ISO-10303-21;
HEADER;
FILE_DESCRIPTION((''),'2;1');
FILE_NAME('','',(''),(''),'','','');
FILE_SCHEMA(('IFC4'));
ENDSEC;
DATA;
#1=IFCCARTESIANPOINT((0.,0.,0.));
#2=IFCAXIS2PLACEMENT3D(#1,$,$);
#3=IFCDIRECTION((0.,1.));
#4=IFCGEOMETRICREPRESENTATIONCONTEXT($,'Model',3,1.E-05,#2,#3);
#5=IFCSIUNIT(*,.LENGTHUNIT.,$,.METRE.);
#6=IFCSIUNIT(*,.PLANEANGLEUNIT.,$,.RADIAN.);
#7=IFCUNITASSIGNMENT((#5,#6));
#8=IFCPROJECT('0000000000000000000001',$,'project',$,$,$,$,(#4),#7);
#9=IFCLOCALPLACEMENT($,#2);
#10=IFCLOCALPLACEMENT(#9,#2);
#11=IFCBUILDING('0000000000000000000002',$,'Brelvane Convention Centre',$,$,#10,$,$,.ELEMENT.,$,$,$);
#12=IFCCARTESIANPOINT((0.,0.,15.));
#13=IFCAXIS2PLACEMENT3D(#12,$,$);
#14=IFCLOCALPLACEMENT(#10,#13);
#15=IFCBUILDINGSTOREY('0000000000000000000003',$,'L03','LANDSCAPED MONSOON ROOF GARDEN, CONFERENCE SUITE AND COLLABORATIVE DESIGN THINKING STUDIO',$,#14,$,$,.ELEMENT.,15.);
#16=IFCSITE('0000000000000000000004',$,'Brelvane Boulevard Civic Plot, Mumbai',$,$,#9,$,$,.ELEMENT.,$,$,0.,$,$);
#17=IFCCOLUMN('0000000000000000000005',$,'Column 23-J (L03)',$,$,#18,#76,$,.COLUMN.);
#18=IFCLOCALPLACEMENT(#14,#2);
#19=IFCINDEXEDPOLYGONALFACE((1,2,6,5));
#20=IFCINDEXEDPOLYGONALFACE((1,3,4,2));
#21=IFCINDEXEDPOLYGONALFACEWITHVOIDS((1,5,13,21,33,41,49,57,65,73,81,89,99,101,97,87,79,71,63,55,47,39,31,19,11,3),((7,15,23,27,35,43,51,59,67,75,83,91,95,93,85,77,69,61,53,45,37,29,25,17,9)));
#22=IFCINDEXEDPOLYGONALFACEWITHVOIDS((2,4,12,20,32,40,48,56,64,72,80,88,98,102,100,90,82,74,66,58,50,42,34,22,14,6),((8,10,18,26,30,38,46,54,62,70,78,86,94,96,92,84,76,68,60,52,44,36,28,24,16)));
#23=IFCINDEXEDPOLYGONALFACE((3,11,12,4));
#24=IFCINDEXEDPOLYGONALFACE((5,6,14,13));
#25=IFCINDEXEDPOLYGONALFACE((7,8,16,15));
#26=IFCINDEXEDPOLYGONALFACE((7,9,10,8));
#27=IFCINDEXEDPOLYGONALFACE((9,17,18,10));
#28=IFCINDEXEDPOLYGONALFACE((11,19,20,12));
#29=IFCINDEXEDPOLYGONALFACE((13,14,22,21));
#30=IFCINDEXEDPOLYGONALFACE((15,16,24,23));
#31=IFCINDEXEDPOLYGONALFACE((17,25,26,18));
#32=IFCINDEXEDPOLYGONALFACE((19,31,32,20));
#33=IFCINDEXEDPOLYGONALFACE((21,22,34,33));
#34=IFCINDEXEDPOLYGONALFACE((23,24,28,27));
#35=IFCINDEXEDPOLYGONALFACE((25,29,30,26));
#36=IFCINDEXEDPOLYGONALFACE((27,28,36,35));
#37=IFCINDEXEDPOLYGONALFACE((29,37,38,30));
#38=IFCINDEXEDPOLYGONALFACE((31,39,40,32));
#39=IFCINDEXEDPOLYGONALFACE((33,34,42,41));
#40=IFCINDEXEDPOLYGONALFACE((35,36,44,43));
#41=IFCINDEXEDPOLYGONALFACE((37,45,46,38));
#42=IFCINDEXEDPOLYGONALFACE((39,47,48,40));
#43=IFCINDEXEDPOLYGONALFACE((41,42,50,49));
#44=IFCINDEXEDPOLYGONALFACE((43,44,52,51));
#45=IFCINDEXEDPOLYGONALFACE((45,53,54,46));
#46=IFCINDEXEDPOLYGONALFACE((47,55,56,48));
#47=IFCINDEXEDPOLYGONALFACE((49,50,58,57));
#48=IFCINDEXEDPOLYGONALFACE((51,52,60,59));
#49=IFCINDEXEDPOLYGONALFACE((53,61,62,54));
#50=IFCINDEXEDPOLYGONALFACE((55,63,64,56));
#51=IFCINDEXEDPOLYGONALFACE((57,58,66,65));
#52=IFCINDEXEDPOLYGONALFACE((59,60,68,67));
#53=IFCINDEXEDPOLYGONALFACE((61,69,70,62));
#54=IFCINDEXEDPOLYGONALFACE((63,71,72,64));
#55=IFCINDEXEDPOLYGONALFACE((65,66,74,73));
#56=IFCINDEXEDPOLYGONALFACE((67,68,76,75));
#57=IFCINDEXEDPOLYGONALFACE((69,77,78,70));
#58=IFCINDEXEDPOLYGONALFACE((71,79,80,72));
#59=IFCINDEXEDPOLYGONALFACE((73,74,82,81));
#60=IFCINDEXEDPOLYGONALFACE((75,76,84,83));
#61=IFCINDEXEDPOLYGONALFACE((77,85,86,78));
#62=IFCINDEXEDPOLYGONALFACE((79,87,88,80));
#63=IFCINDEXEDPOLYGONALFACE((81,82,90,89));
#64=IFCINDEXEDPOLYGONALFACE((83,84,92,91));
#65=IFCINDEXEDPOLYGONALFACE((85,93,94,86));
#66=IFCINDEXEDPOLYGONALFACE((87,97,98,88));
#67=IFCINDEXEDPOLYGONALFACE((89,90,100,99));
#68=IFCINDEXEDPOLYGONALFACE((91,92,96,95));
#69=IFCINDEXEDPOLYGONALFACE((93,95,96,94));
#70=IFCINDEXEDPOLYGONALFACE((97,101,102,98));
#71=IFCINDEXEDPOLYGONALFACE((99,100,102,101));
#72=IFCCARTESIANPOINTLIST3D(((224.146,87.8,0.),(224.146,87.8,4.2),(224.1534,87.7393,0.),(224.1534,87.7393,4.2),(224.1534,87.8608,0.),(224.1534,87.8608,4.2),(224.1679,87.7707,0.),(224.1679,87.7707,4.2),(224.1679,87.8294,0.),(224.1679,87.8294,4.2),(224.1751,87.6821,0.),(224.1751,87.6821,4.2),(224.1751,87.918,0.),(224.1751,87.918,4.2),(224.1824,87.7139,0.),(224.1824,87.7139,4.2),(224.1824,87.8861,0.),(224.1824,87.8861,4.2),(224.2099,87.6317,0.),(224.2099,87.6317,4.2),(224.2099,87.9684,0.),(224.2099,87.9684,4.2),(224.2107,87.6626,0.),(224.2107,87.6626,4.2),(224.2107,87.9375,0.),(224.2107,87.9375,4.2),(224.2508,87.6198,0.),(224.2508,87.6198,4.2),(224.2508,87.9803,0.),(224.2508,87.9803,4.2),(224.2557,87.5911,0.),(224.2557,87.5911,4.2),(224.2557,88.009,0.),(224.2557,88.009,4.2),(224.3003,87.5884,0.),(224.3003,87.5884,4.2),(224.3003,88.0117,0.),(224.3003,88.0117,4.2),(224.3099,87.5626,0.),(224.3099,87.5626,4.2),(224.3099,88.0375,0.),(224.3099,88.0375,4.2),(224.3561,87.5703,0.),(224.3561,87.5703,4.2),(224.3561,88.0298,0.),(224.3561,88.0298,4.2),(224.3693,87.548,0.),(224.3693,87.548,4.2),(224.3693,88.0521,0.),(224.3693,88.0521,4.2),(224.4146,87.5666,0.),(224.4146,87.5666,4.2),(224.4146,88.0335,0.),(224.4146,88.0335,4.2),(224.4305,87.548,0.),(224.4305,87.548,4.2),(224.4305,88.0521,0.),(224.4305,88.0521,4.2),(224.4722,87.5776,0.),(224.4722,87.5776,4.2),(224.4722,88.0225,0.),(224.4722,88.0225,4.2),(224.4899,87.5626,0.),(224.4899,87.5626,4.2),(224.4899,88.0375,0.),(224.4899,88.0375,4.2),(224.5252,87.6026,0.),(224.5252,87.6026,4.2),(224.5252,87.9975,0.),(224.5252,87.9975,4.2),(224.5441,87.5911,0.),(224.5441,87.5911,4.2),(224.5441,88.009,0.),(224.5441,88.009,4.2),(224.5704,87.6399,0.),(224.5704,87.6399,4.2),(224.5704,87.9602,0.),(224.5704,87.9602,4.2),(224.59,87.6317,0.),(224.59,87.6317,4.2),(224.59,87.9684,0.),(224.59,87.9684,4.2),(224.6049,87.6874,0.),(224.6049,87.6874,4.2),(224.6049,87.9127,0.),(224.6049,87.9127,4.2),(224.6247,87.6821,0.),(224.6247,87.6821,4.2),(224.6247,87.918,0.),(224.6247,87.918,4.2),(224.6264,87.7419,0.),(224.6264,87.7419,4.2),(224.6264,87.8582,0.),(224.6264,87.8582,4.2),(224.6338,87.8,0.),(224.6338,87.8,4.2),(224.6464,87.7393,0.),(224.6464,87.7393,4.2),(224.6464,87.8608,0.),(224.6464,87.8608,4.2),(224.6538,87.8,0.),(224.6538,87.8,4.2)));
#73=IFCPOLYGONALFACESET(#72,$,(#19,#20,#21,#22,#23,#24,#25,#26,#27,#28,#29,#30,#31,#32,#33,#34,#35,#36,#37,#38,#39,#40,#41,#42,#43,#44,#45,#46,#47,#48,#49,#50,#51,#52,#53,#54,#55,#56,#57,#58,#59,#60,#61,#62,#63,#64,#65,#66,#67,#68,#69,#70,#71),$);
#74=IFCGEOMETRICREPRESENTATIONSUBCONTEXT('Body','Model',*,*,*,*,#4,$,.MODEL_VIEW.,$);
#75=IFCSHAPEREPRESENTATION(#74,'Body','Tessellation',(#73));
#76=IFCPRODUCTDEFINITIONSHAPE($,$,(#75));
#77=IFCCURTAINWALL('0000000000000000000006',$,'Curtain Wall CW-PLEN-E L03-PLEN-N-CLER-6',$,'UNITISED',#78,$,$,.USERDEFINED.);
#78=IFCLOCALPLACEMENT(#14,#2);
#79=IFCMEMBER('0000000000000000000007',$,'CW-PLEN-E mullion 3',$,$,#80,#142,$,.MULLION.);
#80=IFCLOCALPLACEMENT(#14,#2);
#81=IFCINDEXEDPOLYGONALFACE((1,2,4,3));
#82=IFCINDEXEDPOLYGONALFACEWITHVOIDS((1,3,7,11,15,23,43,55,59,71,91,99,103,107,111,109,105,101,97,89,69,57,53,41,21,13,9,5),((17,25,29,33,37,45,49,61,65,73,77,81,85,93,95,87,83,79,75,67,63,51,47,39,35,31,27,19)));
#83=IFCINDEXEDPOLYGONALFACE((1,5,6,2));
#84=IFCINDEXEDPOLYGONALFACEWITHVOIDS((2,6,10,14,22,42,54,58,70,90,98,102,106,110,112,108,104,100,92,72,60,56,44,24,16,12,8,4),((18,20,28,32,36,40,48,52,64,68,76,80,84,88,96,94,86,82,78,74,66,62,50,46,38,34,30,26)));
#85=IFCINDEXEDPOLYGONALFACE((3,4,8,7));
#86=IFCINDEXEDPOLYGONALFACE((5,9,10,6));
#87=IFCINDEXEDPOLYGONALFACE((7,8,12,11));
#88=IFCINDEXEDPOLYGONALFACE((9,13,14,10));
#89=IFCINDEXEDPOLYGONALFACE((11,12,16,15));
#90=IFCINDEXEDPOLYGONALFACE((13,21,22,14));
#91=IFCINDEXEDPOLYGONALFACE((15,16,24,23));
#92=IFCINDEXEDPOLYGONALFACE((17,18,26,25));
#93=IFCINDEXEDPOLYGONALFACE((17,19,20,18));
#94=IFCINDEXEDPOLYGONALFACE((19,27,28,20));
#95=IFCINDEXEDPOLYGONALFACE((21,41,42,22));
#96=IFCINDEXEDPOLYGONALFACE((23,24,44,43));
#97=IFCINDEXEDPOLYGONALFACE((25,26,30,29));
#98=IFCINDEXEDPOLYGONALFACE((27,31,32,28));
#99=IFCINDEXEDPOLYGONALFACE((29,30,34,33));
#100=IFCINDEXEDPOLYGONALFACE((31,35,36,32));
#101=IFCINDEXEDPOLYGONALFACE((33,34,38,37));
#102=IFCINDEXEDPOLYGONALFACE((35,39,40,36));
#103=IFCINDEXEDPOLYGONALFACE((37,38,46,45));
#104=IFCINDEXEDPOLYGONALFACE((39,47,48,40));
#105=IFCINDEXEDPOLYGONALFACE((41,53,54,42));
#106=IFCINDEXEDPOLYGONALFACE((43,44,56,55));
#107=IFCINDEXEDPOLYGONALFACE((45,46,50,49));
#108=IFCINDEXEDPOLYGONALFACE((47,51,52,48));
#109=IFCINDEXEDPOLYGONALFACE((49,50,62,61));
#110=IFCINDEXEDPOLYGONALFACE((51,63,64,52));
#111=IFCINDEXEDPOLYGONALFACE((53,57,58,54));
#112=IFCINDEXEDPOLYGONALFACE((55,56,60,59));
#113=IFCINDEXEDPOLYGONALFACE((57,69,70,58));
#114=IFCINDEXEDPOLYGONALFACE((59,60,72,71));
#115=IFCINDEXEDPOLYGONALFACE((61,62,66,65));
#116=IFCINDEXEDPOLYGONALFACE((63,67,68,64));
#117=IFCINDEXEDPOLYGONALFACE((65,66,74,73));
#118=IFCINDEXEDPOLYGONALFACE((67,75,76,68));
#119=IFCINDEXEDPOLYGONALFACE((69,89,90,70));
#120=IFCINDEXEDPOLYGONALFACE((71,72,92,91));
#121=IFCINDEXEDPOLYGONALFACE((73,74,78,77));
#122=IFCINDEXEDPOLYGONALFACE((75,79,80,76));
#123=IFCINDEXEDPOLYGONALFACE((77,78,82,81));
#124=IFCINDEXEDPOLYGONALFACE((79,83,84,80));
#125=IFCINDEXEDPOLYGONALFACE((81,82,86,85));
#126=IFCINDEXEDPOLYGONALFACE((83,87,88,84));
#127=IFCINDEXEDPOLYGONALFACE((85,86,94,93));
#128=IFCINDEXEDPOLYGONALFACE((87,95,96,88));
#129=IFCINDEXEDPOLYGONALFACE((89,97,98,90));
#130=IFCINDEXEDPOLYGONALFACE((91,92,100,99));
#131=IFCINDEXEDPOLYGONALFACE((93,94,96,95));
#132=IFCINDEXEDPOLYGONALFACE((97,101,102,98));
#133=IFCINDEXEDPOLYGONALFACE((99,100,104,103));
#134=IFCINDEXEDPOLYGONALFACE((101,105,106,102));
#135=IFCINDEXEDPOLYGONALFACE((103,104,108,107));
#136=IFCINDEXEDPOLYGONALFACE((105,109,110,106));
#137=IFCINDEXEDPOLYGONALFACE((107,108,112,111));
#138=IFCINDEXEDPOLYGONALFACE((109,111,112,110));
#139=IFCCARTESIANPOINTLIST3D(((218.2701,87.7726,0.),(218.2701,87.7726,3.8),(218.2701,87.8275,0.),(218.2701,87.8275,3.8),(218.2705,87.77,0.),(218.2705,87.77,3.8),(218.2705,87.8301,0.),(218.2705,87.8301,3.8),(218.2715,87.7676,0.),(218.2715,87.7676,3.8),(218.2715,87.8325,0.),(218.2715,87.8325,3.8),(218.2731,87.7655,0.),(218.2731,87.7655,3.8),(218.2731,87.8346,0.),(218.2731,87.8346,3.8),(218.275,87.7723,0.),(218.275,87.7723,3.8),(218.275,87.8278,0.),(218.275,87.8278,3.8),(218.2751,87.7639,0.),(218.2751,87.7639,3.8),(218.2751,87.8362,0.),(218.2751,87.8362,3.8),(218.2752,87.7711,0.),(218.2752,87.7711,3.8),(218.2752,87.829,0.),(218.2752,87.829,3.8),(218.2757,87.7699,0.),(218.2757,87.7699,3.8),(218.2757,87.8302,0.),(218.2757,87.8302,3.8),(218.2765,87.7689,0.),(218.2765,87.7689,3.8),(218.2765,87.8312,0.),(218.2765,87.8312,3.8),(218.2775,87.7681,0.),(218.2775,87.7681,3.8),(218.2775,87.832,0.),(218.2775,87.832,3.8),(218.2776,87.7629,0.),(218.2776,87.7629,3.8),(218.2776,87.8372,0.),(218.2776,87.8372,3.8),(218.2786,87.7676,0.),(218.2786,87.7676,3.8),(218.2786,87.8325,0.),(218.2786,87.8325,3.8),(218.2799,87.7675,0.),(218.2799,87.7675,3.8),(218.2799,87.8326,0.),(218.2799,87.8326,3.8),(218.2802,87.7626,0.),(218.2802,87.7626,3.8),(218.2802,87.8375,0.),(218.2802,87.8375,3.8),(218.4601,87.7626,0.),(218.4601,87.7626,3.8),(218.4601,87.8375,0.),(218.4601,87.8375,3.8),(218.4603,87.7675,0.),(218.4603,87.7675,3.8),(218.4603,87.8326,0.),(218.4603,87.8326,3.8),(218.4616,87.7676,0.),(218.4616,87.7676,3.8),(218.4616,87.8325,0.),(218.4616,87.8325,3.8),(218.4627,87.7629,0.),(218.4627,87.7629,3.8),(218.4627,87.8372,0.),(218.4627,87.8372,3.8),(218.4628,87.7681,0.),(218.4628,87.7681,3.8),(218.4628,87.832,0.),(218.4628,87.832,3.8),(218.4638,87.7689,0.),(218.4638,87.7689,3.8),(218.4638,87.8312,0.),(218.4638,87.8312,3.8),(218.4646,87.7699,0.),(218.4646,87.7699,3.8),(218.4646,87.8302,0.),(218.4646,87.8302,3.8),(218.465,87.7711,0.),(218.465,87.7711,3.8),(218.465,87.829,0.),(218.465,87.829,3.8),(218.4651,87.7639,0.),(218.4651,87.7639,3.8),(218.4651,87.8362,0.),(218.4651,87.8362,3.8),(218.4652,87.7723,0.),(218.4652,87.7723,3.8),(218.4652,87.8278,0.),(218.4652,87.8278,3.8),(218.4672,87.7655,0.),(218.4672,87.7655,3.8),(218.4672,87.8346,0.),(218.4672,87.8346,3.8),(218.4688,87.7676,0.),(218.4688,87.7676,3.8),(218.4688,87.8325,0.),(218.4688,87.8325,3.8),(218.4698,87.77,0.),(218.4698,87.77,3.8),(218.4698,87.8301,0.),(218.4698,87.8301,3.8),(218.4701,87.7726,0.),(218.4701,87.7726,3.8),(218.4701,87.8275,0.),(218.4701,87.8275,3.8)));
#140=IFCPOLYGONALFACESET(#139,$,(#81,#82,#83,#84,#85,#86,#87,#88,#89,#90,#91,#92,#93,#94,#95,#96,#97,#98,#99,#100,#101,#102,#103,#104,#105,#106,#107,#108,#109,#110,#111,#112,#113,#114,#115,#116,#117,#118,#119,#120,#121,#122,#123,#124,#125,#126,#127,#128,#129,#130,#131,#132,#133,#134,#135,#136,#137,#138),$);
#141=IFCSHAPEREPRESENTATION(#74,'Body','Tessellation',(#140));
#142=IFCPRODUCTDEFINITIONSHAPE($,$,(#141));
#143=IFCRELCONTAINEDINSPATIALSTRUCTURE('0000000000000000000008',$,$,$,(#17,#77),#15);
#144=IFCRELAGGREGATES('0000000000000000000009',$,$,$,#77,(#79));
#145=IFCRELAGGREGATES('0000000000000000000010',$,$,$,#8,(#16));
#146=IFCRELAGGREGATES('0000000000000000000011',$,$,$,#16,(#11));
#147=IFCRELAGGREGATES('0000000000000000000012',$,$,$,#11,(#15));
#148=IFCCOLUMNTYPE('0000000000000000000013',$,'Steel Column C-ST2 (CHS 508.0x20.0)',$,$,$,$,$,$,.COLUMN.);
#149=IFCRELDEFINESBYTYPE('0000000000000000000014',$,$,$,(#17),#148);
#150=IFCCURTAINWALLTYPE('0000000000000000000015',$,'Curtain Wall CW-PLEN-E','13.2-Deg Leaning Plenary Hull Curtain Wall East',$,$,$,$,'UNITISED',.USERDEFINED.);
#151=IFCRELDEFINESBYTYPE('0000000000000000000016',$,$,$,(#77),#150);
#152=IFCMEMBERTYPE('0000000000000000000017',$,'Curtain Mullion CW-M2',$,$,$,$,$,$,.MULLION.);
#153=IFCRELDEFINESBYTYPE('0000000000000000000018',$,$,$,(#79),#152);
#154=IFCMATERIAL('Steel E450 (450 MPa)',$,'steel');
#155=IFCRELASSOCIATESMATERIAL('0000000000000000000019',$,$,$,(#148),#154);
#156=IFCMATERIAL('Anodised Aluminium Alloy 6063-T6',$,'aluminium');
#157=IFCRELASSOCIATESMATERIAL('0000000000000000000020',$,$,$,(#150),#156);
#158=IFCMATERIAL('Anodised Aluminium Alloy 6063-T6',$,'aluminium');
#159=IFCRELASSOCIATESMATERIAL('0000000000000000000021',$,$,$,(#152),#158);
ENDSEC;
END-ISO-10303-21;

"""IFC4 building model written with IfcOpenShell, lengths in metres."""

from ifc_helpers import new_model, si_unit, direction, frame, origin, origin_2d, place, context, subcontext, project, spatial, hollow_rectangle, hollow_circle, extrude, material, material_profile, profile_set, type_object, element, aggregate, save


model = new_model("IFC4")

# Units and contexts
model_context = context("Model", 3, precision=1e-05, world=origin(), true_north=direction((0.0, 1.0)))
body_context = subcontext(model_context, "Body", "Model", "MODEL_VIEW")
ifc_project = project(units=[si_unit("LENGTHUNIT", "METRE"), si_unit("PLANEANGLEUNIT", "RADIAN")], contexts=[model_context])

# Site, building, storey
site_placement = place(None, origin())
site = spatial("IfcSite", under=ifc_project, at=site_placement, Name="Brelvane Boulevard Civic Plot, Mumbai", CompositionType="ELEMENT", RefElevation=0.0)
building_placement = place(site_placement, origin())
building = spatial("IfcBuilding", under=site, at=building_placement, Name="Brelvane Convention Centre", CompositionType="ELEMENT")
storey_placement = place(building_placement, frame((0.0, 0.0, 15.0)))
storey = spatial("IfcBuildingStorey", under=building, at=storey_placement, Name="L03", Description="LANDSCAPED MONSOON ROOF GARDEN, CONFERENCE SUITE AND COLLABORATIVE DESIGN THINKING STUDIO", CompositionType="ELEMENT", Elevation=15.0)

# Column
ifc_material_1 = material(Name="Steel E450 (450 MPa)", Category="steel")
ifc_material_profile_1 = material_profile(ifc_material_1, hollow_circle(Radius=0.2539, WallThickness=0.02, at=origin_2d()), Name="CHS 508.0x20.0")
ifc_profile_set_1 = profile_set([ifc_material_profile_1], Name="Steel E450 (450 MPa)")
column_type = type_object("IfcColumnType", Name="Steel Column C-ST2 (CHS 508.0x20.0)", PredefinedType="COLUMN", material=ifc_profile_set_1)
column_placement = place(storey_placement, frame((224.3999, 87.8, 0.0), z_axis=(0.0, 0.0, 1.0), x_axis=(1.0, 0.0, 0.0)))
element("IfcColumn", 1, at=column_placement, inside=storey, type_object=column_type, Name="Column 23-J (L03)", PredefinedType="COLUMN", context=body_context, shape_type="SweptSolid", body=[
    extrude(hollow_circle(Radius=0.2539, WallThickness=0.02, at=origin_2d()), origin(), (0.0, 0.0, 1.0), 4.2),
])

# Curtain wall, member
ifc_material_2 = material(Name="Anodised Aluminium Alloy 6063-T6", Category="aluminium")
curtain_wall_type = type_object("IfcCurtainWallType", Name="Curtain Wall CW-PLEN-E", Description="13.2-Deg Leaning Plenary Hull Curtain Wall East", ElementType="UNITISED", PredefinedType="USERDEFINED", material=ifc_material_2)
curtain_wall_placement = place(storey_placement, origin())
curtain_wall = element("IfcCurtainWall", 2, at=curtain_wall_placement, inside=storey, type_object=curtain_wall_type, Name="Curtain Wall CW-PLEN-E L03-PLEN-N-CLER-6", ObjectType="UNITISED", PredefinedType="USERDEFINED")
ifc_material_3 = material(Name="Anodised Aluminium Alloy 6063-T6", Category="aluminium")
ifc_material_profile_2 = material_profile(ifc_material_3, hollow_rectangle(XDim=0.075, YDim=0.2, WallThickness=0.0049, InnerFilletRadius=0.0049, OuterFilletRadius=0.01, at=origin_2d()), Name="ALU-M 200x75x5.0")
ifc_profile_set_2 = profile_set([ifc_material_profile_2], Name="Anodised Aluminium Alloy 6063-T6")
member_type_1 = type_object("IfcMemberType", Name="Curtain Mullion CW-M2", PredefinedType="MULLION", material=ifc_profile_set_2)
member_1_placement = place(storey_placement, frame((218.3701, 87.8, 0.0), z_axis=(0.0, 0.0, 1.0), x_axis=(0.0, 1.0, 0.0)))
member_1 = element("IfcMember", 3, at=member_1_placement, type_object=member_type_1, Name="CW-PLEN-E mullion 3", PredefinedType="MULLION", context=body_context, shape_type="SweptSolid", body=[
    extrude(hollow_rectangle(XDim=0.075, YDim=0.2, WallThickness=0.0049, InnerFilletRadius=0.0049, OuterFilletRadius=0.01, at=origin_2d()), origin(), (0.0, 0.0, 1.0), 3.8),
])
aggregate(curtain_wall, [member_1])

save(model, "model.ifc")
